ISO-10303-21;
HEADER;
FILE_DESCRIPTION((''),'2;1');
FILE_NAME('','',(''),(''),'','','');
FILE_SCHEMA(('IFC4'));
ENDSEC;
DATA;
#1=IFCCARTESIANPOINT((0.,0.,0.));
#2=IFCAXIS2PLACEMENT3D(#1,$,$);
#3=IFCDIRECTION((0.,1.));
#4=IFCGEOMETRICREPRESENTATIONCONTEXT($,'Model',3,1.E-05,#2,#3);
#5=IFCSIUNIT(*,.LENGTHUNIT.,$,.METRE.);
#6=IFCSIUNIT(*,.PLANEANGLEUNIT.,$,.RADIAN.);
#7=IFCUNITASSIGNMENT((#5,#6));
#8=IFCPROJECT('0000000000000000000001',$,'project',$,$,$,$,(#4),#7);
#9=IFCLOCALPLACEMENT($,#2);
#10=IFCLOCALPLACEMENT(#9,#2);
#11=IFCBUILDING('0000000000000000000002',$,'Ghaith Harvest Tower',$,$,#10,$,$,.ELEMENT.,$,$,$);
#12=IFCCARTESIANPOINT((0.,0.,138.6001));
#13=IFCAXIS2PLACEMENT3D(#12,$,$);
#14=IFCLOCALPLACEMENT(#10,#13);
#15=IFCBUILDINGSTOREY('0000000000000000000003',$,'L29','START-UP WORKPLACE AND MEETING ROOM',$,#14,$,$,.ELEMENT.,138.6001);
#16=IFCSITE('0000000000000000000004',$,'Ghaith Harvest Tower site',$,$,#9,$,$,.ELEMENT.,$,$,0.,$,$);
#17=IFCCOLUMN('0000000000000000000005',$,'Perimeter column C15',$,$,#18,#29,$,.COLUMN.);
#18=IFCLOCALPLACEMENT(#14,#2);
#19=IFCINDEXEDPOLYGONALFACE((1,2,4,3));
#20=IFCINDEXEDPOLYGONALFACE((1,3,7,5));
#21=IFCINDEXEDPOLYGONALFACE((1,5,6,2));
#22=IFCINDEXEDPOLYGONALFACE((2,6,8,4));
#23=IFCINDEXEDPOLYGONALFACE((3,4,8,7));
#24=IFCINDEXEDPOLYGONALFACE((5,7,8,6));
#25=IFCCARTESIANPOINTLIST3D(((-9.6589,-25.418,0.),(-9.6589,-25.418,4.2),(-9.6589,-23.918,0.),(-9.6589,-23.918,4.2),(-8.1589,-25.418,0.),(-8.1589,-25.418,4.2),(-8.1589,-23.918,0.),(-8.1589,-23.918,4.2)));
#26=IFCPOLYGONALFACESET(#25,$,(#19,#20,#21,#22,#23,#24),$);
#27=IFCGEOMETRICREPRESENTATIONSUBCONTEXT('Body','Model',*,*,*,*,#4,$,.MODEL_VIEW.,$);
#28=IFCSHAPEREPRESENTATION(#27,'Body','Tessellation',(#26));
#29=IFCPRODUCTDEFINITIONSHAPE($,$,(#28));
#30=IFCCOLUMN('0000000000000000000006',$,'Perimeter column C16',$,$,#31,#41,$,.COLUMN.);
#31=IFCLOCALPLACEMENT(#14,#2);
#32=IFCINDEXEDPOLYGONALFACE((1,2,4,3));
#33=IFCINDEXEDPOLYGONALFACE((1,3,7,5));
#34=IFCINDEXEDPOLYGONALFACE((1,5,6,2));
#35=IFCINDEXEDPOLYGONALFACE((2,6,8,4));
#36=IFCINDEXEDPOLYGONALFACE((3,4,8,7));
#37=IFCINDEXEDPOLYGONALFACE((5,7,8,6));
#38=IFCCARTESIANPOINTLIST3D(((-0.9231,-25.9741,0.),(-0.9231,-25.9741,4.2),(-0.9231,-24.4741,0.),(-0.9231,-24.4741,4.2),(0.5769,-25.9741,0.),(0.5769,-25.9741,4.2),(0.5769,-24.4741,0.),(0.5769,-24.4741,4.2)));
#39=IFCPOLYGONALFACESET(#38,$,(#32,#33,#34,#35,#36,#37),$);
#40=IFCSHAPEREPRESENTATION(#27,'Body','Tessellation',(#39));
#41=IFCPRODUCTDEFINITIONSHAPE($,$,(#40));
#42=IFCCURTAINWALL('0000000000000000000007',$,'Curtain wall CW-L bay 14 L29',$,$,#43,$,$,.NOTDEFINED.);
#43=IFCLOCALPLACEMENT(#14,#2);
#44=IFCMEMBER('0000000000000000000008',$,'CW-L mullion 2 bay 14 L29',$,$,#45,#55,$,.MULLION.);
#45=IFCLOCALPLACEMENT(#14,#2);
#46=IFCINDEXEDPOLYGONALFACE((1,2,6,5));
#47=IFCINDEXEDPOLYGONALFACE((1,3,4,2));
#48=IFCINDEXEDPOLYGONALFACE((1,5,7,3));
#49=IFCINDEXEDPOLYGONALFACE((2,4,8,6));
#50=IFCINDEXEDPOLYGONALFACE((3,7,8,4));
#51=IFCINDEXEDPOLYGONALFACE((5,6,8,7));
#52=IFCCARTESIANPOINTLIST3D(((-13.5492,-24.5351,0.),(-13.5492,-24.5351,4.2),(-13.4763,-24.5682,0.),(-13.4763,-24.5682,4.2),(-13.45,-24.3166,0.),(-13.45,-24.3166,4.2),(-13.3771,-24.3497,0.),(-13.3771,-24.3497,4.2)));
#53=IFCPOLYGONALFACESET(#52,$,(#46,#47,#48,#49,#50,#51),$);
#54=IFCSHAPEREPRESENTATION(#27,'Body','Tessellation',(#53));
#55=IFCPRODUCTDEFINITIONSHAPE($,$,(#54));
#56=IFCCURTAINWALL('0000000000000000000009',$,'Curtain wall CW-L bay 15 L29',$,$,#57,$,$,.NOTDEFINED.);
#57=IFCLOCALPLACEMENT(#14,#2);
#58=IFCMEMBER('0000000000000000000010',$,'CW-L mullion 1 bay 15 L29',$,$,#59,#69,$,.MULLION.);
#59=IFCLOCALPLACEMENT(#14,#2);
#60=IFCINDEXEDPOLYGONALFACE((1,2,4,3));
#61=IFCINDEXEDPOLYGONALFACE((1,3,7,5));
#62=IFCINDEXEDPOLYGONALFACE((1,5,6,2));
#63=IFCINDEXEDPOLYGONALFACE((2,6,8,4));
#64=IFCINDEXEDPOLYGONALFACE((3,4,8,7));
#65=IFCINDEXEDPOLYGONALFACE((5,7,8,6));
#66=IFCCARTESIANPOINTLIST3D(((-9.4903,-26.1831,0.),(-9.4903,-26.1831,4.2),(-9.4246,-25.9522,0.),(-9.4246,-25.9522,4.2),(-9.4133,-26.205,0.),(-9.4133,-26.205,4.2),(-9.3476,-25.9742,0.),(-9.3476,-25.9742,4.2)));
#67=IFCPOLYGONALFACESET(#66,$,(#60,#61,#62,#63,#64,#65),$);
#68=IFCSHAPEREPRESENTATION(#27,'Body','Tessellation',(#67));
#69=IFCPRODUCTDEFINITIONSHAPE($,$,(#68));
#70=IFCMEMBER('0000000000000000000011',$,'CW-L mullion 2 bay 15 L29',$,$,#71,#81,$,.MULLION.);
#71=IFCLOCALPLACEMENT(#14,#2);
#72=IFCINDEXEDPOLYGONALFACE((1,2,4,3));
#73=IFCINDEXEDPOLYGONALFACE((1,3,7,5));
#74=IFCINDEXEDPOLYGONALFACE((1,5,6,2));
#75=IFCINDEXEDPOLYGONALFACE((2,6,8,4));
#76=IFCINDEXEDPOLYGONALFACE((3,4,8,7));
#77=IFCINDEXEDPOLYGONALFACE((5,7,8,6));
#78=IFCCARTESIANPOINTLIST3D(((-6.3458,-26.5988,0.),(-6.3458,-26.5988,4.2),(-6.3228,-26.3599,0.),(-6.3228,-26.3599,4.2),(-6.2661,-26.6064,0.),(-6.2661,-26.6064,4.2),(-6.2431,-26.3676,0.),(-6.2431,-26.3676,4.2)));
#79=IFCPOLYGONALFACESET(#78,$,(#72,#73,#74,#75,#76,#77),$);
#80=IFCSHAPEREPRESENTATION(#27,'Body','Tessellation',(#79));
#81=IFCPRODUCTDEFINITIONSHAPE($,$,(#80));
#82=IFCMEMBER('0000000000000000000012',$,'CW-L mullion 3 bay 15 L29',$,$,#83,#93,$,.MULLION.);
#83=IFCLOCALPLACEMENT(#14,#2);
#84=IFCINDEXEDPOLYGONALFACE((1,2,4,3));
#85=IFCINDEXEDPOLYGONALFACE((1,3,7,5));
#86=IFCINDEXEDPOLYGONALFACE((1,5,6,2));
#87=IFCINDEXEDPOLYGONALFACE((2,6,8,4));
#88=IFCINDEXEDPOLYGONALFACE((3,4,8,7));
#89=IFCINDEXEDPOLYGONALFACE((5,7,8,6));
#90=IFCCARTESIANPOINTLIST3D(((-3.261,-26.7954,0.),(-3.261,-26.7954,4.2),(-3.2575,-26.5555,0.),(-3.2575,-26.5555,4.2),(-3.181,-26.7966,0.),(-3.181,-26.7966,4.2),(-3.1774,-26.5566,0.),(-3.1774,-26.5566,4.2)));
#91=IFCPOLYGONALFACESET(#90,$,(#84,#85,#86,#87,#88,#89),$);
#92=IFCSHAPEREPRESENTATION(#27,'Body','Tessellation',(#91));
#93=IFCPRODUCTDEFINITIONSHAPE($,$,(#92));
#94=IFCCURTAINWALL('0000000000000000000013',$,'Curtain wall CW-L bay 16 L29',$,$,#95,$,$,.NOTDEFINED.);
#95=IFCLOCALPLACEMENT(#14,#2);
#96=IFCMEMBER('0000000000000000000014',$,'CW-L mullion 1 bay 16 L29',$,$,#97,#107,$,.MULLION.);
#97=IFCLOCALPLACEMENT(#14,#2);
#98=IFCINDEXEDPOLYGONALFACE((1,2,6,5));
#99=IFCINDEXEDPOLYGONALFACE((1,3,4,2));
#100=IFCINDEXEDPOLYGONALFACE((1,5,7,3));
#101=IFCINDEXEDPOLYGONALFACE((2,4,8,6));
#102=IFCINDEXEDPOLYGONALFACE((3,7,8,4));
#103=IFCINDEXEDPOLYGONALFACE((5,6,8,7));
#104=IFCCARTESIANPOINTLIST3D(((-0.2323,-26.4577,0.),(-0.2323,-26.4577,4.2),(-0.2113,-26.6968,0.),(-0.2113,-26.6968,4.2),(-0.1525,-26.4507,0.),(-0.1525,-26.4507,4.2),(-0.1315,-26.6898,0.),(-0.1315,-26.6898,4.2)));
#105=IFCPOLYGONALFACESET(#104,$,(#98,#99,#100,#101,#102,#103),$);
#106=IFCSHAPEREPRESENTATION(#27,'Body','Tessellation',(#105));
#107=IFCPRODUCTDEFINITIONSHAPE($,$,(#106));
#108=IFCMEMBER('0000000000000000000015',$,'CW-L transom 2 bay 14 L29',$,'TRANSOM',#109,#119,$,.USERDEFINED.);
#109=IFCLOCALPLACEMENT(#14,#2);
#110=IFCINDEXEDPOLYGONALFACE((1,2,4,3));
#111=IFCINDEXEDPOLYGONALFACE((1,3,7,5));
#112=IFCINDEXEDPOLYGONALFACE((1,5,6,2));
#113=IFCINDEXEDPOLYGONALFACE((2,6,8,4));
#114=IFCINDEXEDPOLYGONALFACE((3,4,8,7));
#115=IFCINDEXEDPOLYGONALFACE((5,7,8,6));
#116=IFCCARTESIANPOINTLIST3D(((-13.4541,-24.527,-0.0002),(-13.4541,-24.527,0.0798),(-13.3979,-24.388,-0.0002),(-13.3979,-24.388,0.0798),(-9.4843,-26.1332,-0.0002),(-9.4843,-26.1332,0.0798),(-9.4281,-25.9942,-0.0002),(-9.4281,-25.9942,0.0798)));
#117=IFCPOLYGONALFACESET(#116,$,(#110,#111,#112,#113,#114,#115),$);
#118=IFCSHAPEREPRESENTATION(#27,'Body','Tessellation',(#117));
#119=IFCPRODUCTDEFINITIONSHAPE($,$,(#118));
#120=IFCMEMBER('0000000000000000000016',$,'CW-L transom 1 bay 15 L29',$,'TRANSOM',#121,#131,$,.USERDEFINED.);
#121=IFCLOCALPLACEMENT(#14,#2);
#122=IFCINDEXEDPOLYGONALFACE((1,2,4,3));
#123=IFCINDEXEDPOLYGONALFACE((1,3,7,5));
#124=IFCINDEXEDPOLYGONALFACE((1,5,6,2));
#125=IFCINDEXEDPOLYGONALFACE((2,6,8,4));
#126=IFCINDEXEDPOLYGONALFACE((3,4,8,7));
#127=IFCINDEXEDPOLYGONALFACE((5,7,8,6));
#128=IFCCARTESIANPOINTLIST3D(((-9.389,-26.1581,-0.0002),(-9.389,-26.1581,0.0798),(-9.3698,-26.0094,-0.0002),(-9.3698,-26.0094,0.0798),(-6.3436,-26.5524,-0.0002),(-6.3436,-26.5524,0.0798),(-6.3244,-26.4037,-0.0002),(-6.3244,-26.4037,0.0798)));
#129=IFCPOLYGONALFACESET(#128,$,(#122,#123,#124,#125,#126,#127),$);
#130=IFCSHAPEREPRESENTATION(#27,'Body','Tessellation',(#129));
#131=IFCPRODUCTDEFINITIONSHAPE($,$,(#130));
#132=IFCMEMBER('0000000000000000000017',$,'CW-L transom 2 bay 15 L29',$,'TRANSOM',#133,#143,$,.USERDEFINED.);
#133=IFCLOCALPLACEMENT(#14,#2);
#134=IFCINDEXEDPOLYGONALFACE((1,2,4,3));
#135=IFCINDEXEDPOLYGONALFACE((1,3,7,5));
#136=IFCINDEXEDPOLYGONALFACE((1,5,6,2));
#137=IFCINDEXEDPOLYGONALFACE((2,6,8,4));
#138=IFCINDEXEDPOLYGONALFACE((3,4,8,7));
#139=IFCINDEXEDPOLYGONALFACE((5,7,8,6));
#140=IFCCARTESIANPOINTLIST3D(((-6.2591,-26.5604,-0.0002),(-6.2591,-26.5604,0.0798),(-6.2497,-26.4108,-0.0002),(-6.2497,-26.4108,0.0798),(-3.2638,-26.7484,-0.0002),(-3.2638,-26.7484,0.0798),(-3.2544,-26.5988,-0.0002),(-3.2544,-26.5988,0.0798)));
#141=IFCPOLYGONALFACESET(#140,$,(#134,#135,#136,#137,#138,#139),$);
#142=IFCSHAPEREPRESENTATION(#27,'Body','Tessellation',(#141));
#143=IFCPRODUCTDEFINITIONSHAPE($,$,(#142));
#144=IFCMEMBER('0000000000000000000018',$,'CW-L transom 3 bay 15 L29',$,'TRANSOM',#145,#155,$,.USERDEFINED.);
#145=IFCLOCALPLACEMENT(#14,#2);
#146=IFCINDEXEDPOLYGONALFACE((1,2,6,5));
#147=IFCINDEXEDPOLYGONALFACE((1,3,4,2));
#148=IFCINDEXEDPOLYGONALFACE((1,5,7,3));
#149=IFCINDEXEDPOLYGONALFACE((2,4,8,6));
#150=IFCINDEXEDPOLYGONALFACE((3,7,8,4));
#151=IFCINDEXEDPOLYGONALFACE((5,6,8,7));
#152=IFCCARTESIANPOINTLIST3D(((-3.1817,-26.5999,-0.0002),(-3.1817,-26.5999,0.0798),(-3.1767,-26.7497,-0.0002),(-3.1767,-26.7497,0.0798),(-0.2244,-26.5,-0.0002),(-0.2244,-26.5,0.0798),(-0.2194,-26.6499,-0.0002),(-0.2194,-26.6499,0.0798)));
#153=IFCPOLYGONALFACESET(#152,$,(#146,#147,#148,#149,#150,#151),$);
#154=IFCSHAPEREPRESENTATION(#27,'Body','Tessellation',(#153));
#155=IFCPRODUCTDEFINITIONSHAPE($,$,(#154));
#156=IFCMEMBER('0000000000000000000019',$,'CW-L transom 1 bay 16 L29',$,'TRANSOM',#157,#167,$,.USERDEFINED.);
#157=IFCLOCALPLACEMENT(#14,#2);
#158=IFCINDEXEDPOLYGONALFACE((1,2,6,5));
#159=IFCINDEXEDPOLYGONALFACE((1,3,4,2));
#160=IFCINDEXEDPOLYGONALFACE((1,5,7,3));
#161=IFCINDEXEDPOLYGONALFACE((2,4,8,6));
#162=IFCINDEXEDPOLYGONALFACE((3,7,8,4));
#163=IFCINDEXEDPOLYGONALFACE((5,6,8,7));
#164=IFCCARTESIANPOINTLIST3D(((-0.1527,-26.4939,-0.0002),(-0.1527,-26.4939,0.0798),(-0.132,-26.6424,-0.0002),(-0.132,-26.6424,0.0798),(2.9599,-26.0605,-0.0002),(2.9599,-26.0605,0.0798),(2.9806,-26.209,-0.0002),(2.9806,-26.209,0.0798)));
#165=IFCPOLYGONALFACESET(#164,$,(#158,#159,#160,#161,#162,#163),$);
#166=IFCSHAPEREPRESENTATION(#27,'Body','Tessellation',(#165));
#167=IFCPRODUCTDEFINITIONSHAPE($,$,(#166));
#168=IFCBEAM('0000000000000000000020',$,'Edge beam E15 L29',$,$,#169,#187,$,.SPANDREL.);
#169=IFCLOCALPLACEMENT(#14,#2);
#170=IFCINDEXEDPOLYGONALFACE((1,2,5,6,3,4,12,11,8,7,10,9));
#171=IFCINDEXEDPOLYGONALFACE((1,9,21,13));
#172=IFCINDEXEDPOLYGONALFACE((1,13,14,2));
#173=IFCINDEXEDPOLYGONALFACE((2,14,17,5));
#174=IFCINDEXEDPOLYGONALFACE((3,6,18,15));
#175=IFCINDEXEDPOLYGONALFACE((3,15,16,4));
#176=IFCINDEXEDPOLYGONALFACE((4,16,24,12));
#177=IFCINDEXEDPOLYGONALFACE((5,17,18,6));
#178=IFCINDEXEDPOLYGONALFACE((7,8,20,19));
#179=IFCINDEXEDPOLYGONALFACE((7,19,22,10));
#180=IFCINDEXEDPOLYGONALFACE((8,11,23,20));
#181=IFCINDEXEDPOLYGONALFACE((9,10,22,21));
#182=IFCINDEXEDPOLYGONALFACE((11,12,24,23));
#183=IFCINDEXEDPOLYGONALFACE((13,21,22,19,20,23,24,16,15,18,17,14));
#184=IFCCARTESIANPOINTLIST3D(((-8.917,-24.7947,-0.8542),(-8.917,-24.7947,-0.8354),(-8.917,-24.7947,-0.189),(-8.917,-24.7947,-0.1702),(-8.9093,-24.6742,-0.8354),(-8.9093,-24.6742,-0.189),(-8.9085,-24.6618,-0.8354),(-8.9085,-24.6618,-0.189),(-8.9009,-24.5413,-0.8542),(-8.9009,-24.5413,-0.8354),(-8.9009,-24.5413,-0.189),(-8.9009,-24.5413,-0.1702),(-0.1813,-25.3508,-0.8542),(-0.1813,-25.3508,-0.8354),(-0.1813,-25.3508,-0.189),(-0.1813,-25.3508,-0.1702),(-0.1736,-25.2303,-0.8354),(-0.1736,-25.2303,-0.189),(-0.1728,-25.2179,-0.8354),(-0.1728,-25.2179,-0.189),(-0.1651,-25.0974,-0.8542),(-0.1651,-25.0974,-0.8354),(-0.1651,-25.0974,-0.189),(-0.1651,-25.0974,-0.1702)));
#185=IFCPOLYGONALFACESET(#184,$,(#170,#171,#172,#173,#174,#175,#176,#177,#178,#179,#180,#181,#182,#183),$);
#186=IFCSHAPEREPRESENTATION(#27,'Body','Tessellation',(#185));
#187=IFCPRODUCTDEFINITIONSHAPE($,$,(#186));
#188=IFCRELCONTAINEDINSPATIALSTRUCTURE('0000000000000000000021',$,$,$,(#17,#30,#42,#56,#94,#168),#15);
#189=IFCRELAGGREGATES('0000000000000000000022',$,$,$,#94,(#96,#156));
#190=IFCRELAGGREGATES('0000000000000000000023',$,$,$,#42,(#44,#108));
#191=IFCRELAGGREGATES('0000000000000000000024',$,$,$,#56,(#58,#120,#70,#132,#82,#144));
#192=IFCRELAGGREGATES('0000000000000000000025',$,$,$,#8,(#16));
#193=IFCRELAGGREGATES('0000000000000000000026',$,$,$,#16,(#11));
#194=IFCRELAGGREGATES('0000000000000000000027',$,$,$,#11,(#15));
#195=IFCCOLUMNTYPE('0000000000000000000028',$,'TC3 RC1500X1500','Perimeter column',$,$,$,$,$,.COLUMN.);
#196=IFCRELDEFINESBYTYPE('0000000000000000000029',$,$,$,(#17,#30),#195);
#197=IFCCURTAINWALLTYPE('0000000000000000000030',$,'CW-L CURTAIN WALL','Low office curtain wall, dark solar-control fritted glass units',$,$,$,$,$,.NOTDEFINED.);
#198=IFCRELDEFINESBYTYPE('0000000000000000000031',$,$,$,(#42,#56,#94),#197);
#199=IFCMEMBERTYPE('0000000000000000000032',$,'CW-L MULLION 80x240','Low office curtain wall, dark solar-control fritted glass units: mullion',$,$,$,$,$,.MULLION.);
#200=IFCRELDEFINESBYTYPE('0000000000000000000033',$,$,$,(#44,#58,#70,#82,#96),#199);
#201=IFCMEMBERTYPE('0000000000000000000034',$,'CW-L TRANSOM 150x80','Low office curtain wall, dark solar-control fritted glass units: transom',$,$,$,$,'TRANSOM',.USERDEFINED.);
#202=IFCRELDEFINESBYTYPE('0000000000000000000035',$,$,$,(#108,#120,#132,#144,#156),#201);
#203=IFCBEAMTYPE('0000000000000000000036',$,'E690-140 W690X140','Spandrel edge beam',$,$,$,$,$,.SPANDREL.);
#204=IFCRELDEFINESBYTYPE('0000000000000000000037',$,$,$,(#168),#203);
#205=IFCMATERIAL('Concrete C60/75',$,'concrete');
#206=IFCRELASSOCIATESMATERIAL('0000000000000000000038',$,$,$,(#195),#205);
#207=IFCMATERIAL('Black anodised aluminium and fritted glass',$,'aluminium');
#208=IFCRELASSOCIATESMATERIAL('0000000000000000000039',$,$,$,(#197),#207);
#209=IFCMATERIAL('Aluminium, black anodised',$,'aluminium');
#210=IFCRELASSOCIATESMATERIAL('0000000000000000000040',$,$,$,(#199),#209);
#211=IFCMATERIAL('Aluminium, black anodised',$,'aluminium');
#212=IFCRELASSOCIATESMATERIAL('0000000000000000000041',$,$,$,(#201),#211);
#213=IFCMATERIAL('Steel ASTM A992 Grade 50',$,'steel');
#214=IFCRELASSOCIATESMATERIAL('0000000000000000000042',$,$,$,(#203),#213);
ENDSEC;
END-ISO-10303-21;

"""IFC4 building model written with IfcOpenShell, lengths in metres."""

from ifc_helpers import new_model, si_unit, direction, frame, origin, origin_2d, place, context, subcontext, project, spatial, rectangle, i_section, extrude, material, material_profile, profile_set, type_object, element, aggregate, save


model = new_model("IFC4")

# Units and contexts
model_context = context("Model", 3, precision=1e-05, world=origin(), true_north=direction((0.0, 1.0)))
body_context = subcontext(model_context, "Body", "Model", "MODEL_VIEW")
ifc_project = project(units=[si_unit("LENGTHUNIT", "METRE"), si_unit("PLANEANGLEUNIT", "RADIAN")], contexts=[model_context])

# Site, building, storey
site_placement = place(None, origin())
site = spatial("IfcSite", under=ifc_project, at=site_placement, Name="Ghaith Harvest Tower site", CompositionType="ELEMENT", RefElevation=0.0)
building_placement = place(site_placement, origin())
building = spatial("IfcBuilding", under=site, at=building_placement, Name="Ghaith Harvest Tower", CompositionType="ELEMENT")
storey_placement = place(building_placement, frame((0.0, 0.0, 138.6001)))
storey = spatial("IfcBuildingStorey", under=building, at=storey_placement, Name="L29", Description="START-UP WORKPLACE AND MEETING ROOM", CompositionType="ELEMENT", Elevation=138.6001)

# Columns
ifc_material_1 = material(Name="Concrete C60/75", Category="concrete")
ifc_material_profile_1 = material_profile(ifc_material_1, rectangle(XDim=1.5, YDim=1.5, at=origin_2d()), Name="RC1500X1500")
ifc_profile_set_1 = profile_set([ifc_material_profile_1], Name="Concrete C60/75")
column_type = type_object("IfcColumnType", Name="TC3 RC1500X1500", Description="Perimeter column", PredefinedType="COLUMN", material=ifc_profile_set_1)
for number, where, z_axis, x_axis, name in (
    (1, (-8.9089, -24.668, 0.0), (0.0, 0.0, 1.0), (1.0, 0.0, 0.0), "Perimeter column C15"),
    (2, (-0.1731, -25.2241, 0.0), (0.0, 0.0, 1.0), (1.0, 0.0, 0.0), "Perimeter column C16"),
):
    element("IfcColumn", number, at=place(storey_placement, frame(where, z_axis=z_axis, x_axis=x_axis)), inside=storey, type_object=column_type, Name=name, PredefinedType="COLUMN", context=body_context, shape_type="SweptSolid", body=[
        extrude(rectangle(XDim=1.5, YDim=1.5, at=origin_2d()), origin(), (0.0, 0.0, 1.0), 4.2),
    ])

# Curtain wall, member
ifc_material_2 = material(Name="Black anodised aluminium and fritted glass", Category="aluminium")
curtain_wall_type = type_object("IfcCurtainWallType", Name="CW-L CURTAIN WALL", Description="Low office curtain wall, dark solar-control fritted glass units", PredefinedType="NOTDEFINED", material=ifc_material_2)
curtain_wall_1_placement = place(storey_placement, origin())
curtain_wall_1 = element("IfcCurtainWall", 3, at=curtain_wall_1_placement, inside=storey, type_object=curtain_wall_type, Name="Curtain wall CW-L bay 14 L29", PredefinedType="NOTDEFINED")
ifc_material_3 = material(Name="Aluminium, black anodised", Category="aluminium")
ifc_material_profile_2 = material_profile(ifc_material_3, rectangle(XDim=0.0801, YDim=0.24, at=origin_2d()), Name="CW-L MULLION 80x240")
ifc_profile_set_2 = profile_set([ifc_material_profile_2], Name="Aluminium, black anodised")
member_type_1 = type_object("IfcMemberType", Name="CW-L MULLION 80x240", Description="Low office curtain wall, dark solar-control fritted glass units: mullion", PredefinedType="MULLION", material=ifc_profile_set_2)
member_1_placement = place(storey_placement, frame((-13.4631, -24.4424, 0.0), z_axis=(0.0, 0.0, 1.0), x_axis=(0.910648, -0.413183, 0.0)))
member_1 = element("IfcMember", 4, at=member_1_placement, type_object=member_type_1, Name="CW-L mullion 2 bay 14 L29", PredefinedType="MULLION", context=body_context, shape_type="SweptSolid", body=[
    extrude(rectangle(XDim=0.0801, YDim=0.24, at=origin_2d()), origin(), (0.0, 0.0, 1.0), 4.2),
])

# Curtain wall, members
curtain_wall_2_placement = place(storey_placement, origin())
curtain_wall_2 = element("IfcCurtainWall", 5, at=curtain_wall_2_placement, inside=storey, type_object=curtain_wall_type, Name="Curtain wall CW-L bay 15 L29", PredefinedType="NOTDEFINED")
member_2_placement = place(storey_placement, frame((-9.4189, -26.0786, 0.0), z_axis=(0.0, 0.0, 1.0), x_axis=(0.961789, -0.273793, 0.0)))
member_2 = element("IfcMember", 6, at=member_2_placement, type_object=member_type_1, Name="CW-L mullion 1 bay 15 L29", PredefinedType="MULLION", context=body_context, shape_type="SweptSolid", body=[
    extrude(rectangle(XDim=0.0801, YDim=0.24, at=origin_2d()), origin(), (0.0, 0.0, 1.0), 4.2),
])
member_3_placement = place(storey_placement, frame((-6.2944, -26.4832, 0.0), z_axis=(0.0, 0.0, 1.0), x_axis=(0.995389, -0.095918, 0.0)))
member_3 = element("IfcMember", 7, at=member_3_placement, type_object=member_type_1, Name="CW-L mullion 2 bay 15 L29", PredefinedType="MULLION", context=body_context, shape_type="SweptSolid", body=[
    extrude(rectangle(XDim=0.0801, YDim=0.24, at=origin_2d()), origin(), (0.0, 0.0, 1.0), 4.2),
])
member_4_placement = place(storey_placement, frame((-3.2192, -26.676, 0.0), z_axis=(0.0, 0.0, 1.0), x_axis=(0.999891, -0.014796, 0.0)))
member_4 = element("IfcMember", 8, at=member_4_placement, type_object=member_type_1, Name="CW-L mullion 3 bay 15 L29", PredefinedType="MULLION", context=body_context, shape_type="SweptSolid", body=[
    extrude(rectangle(XDim=0.0801, YDim=0.24, at=origin_2d()), origin(), (0.0, 0.0, 1.0), 4.2),
])

# Curtain wall, member
curtain_wall_3_placement = place(storey_placement, origin())
curtain_wall_3 = element("IfcCurtainWall", 9, at=curtain_wall_3_placement, inside=storey, type_object=curtain_wall_type, Name="Curtain wall CW-L bay 16 L29", PredefinedType="NOTDEFINED")
member_5_placement = place(storey_placement, frame((-0.1819, -26.5737, 0.0), z_axis=(0.0, 0.0, 1.0), x_axis=(0.996169, 0.087446, 0.0)))
member_5 = element("IfcMember", 10, at=member_5_placement, type_object=member_type_1, Name="CW-L mullion 1 bay 16 L29", PredefinedType="MULLION", context=body_context, shape_type="SweptSolid", body=[
    extrude(rectangle(XDim=0.0801, YDim=0.24, at=origin_2d()), origin(), (0.0, 0.0, 1.0), 4.2),
])

# Members
ifc_material_4 = material(Name="Aluminium, black anodised", Category="aluminium")
ifc_material_profile_3 = material_profile(ifc_material_4, rectangle(XDim=0.1499, YDim=0.0801, at=origin_2d()), Name="CW-L TRANSOM 150x80")
ifc_profile_set_3 = profile_set([ifc_material_profile_3], Name="Aluminium, black anodised")
member_type_2 = type_object("IfcMemberType", Name="CW-L TRANSOM 150x80", Description="Low office curtain wall, dark solar-control fritted glass units: transom", ElementType="TRANSOM", PredefinedType="USERDEFINED", material=ifc_profile_set_3)
member_6_placement = place(storey_placement, frame((-13.426, -24.4575, 0.0398), z_axis=(0.927003, -0.375054, 0.0), x_axis=(0.375054, 0.927003, 0.0)))
member_6 = element("IfcMember", 11, at=member_6_placement, type_object=member_type_2, Name="CW-L transom 2 bay 14 L29", ObjectType="TRANSOM", PredefinedType="USERDEFINED", context=body_context, shape_type="SweptSolid", body=[
    extrude(rectangle(XDim=0.1499, YDim=0.0801, at=origin_2d()), origin(), (0.0, 0.0, 1.0), 4.2825),
])
member_7_placement = place(storey_placement, frame((-9.3794, -26.0837, 0.0398), z_axis=(0.991723, -0.128398, 0.0), x_axis=(0.128398, 0.991723, 0.0)))
member_7 = element("IfcMember", 12, at=member_7_placement, type_object=member_type_2, Name="CW-L transom 1 bay 15 L29", ObjectType="TRANSOM", PredefinedType="USERDEFINED", context=body_context, shape_type="SweptSolid", body=[
    extrude(rectangle(XDim=0.1499, YDim=0.0801, at=origin_2d()), origin(), (0.0, 0.0, 1.0), 3.0708),
])
member_8_placement = place(storey_placement, frame((-6.2544, -26.4856, 0.0398), z_axis=(0.998036, -0.062637, 0.0), x_axis=(0.062637, 0.998036, 0.0)))
member_8 = element("IfcMember", 13, at=member_8_placement, type_object=member_type_2, Name="CW-L transom 2 bay 15 L29", ObjectType="TRANSOM", PredefinedType="USERDEFINED", context=body_context, shape_type="SweptSolid", body=[
    extrude(rectangle(XDim=0.1499, YDim=0.0801, at=origin_2d()), origin(), (0.0, 0.0, 1.0), 3.0012),
])
member_9_placement = place(storey_placement, frame((-3.1792, -26.6748, 0.0398), z_axis=(0.99943, 0.033746, 0.0), x_axis=(-0.033746, 0.99943, 0.0)))
member_9 = element("IfcMember", 14, at=member_9_placement, type_object=member_type_2, Name="CW-L transom 3 bay 15 L29", ObjectType="TRANSOM", PredefinedType="USERDEFINED", context=body_context, shape_type="SweptSolid", body=[
    extrude(rectangle(XDim=0.1499, YDim=0.0801, at=origin_2d()), origin(), (0.0, 0.0, 1.0), 2.959),
])
member_10_placement = place(storey_placement, frame((-0.1423, -26.5681, 0.0398), z_axis=(0.990447, 0.137897, 0.0), x_axis=(-0.137897, 0.990447, 0.0)))
member_10 = element("IfcMember", 15, at=member_10_placement, type_object=member_type_2, Name="CW-L transom 1 bay 16 L29", ObjectType="TRANSOM", PredefinedType="USERDEFINED", context=body_context, shape_type="SweptSolid", body=[
    extrude(rectangle(XDim=0.1499, YDim=0.0801, at=origin_2d()), origin(), (0.0, 0.0, 1.0), 3.1426),
])
aggregate(curtain_wall_3, [member_5, member_10])

# Beam
ifc_material_5 = material(Name="Steel ASTM A992 Grade 50", Category="steel")
ifc_material_profile_4 = material_profile(ifc_material_5, i_section(OverallWidth=0.2539, OverallDepth=0.6841, WebThickness=0.0125, FlangeThickness=0.0188, at=origin_2d()), Name="W690X140")
ifc_profile_set_4 = profile_set([ifc_material_profile_4], Name="Steel ASTM A992 Grade 50")
beam_type_1 = type_object("IfcBeamType", Name="E690-140 W690X140", Description="Spandrel edge beam", PredefinedType="SPANDREL", material=ifc_profile_set_4)
beam_1_placement = place(storey_placement, frame((-8.9089, -24.668, -0.5122), z_axis=(0.99798, -0.063535, 0.0), x_axis=(0.063535, 0.99798, 0.0)))
element("IfcBeam", 16, at=beam_1_placement, inside=storey, type_object=beam_type_1, Name="Edge beam E15 L29", PredefinedType="SPANDREL", context=body_context, shape_type="SweptSolid", body=[
    extrude(i_section(OverallWidth=0.2539, OverallDepth=0.6841, WebThickness=0.0125, FlangeThickness=0.0188, at=origin_2d()), origin(), (0.0, 0.0, 1.0), 8.7534),
])

aggregate(curtain_wall_1, [member_1, member_6])
aggregate(curtain_wall_2, [member_2, member_7, member_3, member_8, member_4, member_9])

save(model, "model.ifc")
